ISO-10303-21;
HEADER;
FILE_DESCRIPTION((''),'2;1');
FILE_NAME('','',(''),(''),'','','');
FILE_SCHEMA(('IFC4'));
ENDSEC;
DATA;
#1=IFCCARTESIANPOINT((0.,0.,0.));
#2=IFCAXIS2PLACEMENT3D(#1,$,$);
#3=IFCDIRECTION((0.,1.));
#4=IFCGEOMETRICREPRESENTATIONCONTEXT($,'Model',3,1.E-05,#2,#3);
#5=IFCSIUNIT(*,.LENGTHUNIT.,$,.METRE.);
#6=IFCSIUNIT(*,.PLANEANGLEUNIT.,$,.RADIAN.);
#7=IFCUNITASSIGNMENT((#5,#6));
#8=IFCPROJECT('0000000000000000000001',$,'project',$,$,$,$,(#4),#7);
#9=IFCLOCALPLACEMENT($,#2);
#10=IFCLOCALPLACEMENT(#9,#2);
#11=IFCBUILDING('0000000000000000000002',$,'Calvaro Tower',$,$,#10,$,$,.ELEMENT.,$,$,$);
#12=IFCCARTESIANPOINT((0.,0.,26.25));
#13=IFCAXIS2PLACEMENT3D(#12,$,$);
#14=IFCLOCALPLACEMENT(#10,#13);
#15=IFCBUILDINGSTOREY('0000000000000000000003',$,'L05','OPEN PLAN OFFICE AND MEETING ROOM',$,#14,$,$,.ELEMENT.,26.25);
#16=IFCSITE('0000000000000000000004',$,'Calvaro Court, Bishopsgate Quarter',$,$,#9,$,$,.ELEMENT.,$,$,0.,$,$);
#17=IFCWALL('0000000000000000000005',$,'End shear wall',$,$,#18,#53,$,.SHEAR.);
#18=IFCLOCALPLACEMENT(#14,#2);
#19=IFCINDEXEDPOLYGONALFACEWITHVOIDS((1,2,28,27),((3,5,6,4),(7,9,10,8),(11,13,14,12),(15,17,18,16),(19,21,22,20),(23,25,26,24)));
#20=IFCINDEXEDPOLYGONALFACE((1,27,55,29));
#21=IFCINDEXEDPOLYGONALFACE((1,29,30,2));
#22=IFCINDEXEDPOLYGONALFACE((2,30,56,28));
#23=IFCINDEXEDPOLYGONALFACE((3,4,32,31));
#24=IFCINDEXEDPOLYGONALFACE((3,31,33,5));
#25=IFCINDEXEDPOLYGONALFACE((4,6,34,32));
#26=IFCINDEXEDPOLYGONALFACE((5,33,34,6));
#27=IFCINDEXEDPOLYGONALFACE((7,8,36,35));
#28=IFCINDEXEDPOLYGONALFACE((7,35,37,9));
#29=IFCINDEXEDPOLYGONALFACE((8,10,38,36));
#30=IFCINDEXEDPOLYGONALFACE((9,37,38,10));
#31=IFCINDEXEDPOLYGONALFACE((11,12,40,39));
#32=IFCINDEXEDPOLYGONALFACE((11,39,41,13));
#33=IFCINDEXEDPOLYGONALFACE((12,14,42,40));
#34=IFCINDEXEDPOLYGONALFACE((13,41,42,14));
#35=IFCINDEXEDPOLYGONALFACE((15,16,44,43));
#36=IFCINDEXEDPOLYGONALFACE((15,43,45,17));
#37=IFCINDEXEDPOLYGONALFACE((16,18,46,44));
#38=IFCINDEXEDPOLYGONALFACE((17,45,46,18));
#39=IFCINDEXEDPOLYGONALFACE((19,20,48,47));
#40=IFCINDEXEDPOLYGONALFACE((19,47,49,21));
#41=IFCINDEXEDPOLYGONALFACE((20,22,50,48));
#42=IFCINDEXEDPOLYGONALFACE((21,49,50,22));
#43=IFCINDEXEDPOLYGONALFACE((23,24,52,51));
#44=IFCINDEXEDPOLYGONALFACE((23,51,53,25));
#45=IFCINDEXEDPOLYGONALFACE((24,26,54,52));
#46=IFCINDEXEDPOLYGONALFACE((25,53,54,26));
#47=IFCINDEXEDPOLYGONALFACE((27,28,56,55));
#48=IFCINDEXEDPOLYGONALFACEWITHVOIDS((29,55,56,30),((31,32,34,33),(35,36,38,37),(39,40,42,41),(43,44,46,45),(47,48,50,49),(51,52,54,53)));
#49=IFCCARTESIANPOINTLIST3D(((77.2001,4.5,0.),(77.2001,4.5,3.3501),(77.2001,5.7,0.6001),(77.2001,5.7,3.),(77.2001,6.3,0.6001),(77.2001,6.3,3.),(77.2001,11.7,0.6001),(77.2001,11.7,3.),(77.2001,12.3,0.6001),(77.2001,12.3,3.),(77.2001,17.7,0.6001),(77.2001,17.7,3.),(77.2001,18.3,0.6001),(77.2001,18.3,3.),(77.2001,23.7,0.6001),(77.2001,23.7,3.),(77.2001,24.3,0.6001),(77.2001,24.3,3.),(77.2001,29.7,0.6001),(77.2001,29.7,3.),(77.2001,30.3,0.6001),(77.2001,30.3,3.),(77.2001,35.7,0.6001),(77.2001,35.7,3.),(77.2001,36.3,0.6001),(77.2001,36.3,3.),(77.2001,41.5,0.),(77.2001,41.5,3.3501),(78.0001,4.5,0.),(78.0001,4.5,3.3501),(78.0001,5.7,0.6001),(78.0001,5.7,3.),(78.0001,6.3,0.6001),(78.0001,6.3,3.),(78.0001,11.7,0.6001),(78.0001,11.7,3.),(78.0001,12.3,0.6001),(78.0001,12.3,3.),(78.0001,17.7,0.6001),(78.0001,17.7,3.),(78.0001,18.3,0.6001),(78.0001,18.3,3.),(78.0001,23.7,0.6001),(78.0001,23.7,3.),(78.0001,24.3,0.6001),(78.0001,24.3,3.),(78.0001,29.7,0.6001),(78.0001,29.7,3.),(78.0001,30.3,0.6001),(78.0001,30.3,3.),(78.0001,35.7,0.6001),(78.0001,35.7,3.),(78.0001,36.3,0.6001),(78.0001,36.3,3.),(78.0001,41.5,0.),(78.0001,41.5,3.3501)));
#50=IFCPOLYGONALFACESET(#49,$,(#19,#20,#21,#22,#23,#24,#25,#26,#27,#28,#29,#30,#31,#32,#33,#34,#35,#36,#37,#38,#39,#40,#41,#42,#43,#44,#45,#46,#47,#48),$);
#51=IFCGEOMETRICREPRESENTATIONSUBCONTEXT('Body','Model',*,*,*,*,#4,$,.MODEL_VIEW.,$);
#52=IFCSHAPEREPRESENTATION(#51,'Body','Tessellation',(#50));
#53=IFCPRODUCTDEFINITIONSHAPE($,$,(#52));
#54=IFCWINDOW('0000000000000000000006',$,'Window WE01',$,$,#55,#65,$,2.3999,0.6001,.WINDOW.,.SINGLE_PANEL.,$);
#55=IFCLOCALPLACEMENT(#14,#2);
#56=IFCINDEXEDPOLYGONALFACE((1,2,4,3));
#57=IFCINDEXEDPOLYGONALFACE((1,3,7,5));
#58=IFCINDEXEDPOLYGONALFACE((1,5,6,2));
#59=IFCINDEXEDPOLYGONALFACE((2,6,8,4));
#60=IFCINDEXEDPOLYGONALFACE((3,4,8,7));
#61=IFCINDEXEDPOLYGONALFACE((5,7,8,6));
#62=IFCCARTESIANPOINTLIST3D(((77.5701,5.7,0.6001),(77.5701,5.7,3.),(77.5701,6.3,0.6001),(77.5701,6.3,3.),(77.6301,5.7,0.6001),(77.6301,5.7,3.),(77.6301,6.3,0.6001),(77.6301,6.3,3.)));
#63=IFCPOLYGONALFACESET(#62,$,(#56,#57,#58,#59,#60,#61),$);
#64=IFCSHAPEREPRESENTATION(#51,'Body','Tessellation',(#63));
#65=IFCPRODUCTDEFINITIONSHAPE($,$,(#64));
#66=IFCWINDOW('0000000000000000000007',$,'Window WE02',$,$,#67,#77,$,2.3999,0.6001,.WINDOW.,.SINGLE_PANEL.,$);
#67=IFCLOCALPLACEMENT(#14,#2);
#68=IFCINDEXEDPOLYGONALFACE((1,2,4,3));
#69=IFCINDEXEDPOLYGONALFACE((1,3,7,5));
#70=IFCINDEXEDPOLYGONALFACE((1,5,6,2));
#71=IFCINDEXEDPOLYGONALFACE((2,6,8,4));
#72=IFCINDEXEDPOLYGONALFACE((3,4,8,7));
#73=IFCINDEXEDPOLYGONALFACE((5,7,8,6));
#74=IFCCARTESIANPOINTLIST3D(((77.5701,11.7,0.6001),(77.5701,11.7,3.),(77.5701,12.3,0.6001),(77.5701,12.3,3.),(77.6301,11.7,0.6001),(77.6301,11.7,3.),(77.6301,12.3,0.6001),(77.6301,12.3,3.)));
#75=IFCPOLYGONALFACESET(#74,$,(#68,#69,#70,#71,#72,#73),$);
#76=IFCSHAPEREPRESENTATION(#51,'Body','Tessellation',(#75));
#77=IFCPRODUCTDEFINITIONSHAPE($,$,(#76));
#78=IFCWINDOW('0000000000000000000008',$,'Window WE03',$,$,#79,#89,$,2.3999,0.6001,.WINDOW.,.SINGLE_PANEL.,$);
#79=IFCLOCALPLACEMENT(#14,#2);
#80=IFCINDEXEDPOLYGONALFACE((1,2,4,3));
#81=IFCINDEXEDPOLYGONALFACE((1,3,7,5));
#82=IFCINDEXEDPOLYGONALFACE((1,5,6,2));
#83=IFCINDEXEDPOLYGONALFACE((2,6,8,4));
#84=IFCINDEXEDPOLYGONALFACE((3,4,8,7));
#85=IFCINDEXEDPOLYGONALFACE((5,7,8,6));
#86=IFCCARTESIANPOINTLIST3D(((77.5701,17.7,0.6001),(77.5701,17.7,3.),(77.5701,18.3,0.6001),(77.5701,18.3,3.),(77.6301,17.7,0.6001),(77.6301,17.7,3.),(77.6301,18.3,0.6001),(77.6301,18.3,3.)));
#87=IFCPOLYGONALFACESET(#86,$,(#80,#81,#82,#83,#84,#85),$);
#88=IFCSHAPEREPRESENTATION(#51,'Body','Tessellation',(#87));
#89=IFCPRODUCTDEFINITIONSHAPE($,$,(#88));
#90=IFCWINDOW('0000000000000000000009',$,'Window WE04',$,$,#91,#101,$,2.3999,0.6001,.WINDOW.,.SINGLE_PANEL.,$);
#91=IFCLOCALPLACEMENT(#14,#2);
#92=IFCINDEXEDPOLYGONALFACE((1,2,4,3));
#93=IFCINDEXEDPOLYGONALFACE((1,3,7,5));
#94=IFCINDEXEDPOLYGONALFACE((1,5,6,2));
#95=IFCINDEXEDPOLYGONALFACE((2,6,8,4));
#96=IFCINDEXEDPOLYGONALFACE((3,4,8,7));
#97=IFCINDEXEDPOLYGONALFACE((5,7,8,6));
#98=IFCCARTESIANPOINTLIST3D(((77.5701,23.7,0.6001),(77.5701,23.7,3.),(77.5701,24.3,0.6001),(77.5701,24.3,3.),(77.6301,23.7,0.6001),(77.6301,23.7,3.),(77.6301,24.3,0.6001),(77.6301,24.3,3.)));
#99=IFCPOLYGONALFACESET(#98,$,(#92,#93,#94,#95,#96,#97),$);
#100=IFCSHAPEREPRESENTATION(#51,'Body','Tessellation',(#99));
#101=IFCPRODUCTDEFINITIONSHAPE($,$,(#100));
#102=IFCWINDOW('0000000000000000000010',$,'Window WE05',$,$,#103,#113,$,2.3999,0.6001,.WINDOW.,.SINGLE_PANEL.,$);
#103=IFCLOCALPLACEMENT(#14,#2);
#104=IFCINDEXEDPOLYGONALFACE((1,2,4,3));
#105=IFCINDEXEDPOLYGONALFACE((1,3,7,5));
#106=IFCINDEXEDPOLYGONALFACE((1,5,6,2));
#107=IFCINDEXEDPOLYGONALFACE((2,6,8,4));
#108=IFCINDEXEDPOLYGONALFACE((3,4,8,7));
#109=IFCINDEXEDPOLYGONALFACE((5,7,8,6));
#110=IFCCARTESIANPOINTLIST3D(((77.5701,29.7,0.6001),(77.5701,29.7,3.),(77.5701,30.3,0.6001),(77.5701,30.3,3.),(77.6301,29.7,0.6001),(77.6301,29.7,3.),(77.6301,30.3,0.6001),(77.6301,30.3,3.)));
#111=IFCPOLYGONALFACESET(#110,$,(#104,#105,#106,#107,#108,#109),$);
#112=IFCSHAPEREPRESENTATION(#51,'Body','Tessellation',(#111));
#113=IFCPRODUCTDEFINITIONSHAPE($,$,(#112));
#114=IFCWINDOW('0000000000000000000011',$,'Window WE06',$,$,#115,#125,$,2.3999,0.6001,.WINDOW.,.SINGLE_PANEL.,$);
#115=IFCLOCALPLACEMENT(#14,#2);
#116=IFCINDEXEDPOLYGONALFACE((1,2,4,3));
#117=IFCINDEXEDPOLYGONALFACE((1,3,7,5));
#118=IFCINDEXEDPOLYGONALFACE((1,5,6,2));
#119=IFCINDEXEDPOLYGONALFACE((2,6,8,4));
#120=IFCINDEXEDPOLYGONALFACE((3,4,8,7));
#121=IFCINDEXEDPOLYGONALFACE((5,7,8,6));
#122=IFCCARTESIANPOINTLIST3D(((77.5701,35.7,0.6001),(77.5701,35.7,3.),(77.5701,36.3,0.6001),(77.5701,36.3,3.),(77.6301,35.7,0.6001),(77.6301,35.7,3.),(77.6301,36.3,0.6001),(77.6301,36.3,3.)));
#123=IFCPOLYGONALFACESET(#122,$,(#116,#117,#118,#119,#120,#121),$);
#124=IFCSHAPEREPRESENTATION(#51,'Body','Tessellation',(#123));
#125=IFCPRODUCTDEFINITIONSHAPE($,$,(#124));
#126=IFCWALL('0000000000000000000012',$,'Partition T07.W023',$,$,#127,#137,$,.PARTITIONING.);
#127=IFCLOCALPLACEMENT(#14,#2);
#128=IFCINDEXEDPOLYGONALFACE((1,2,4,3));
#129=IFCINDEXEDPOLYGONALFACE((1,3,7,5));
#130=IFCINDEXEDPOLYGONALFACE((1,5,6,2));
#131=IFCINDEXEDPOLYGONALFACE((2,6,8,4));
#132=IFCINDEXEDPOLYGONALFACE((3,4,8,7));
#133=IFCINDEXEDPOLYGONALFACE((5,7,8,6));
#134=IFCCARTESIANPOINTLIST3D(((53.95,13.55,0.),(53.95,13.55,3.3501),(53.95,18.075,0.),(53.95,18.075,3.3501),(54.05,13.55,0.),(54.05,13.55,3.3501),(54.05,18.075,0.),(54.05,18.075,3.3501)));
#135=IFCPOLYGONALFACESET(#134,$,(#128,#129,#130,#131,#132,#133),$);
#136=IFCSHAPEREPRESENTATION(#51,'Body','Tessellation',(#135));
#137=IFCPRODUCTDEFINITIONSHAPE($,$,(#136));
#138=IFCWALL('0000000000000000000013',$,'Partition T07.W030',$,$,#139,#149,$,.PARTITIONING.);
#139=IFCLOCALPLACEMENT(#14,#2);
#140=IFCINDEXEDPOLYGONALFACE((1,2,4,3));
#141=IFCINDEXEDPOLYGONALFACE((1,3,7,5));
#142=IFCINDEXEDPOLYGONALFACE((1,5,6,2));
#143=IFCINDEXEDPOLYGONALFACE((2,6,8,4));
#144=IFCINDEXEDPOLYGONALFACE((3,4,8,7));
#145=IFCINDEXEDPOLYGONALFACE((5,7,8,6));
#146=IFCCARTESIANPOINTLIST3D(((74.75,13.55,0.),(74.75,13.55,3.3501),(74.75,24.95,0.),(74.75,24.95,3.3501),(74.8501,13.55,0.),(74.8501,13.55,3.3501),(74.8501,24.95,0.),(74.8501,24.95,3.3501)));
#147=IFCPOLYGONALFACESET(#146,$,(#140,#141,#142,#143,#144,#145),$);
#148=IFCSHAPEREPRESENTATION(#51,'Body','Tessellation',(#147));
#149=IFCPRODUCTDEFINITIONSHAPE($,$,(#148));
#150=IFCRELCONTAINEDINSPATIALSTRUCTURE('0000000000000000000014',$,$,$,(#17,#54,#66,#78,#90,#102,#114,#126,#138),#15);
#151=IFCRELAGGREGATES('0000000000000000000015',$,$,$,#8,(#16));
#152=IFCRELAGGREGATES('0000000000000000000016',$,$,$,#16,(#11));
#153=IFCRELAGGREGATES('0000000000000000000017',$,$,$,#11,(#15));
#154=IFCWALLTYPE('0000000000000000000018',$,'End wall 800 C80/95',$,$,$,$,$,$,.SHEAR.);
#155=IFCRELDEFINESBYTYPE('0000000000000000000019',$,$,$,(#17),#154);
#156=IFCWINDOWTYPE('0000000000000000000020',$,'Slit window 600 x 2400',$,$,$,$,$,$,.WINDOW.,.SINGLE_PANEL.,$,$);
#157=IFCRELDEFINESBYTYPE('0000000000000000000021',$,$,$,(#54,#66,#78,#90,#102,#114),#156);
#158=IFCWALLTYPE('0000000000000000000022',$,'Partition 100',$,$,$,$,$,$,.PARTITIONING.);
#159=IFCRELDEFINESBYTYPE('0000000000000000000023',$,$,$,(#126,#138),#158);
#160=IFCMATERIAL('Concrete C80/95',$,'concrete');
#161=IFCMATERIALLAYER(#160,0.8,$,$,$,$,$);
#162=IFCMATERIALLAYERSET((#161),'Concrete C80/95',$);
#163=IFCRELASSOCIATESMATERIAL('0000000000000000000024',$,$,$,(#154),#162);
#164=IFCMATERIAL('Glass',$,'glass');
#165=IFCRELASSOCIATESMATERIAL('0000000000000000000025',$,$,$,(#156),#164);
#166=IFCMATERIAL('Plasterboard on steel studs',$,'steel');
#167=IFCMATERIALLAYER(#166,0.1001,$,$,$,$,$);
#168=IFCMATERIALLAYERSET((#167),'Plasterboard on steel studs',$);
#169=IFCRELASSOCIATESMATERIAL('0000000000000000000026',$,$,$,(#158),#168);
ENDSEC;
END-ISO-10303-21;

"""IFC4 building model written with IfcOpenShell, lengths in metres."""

from ifc_helpers import new_model, si_unit, direction, frame, frame_2d, origin, place, context, subcontext, project, spatial, rectangle, extrude, material, layer, layer_set, type_object, element, fill, save


model = new_model("IFC4")

# Units and contexts
model_context = context("Model", 3, precision=1e-05, world=origin(), true_north=direction((0.0, 1.0)))
body_context = subcontext(model_context, "Body", "Model", "MODEL_VIEW")
ifc_project = project(units=[si_unit("LENGTHUNIT", "METRE"), si_unit("PLANEANGLEUNIT", "RADIAN")], contexts=[model_context])

# Site, building, storey
site_placement = place(None, origin())
site = spatial("IfcSite", under=ifc_project, at=site_placement, Name="Calvaro Court, Bishopsgate Quarter", CompositionType="ELEMENT", RefElevation=0.0)
building_placement = place(site_placement, origin())
building = spatial("IfcBuilding", under=site, at=building_placement, Name="Calvaro Tower", CompositionType="ELEMENT")
storey_placement = place(building_placement, frame((0.0, 0.0, 26.25)))
storey = spatial("IfcBuildingStorey", under=building, at=storey_placement, Name="L05", Description="OPEN PLAN OFFICE AND MEETING ROOM", CompositionType="ELEMENT", Elevation=26.25)

# Wall, openings, windows
ifc_material_1 = material(Name="Concrete C80/95", Category="concrete")
ifc_layer_1 = layer(ifc_material_1, 0.8)
ifc_layer_set_1 = layer_set([ifc_layer_1], Name="Concrete C80/95")
wall_type_1 = type_object("IfcWallType", Name="End wall 800 C80/95", PredefinedType="SHEAR", material=ifc_layer_set_1)
wall_1_placement = place(storey_placement, frame((77.6001, 4.5, 0.0), z_axis=(0.0, 0.0, 1.0), x_axis=(0.0, 1.0, 0.0)))
wall_1 = element("IfcWall", 1, at=wall_1_placement, inside=storey, type_object=wall_type_1, Name="End shear wall", PredefinedType="SHEAR", context=body_context, shape_type="SweptSolid", body=[
    extrude(rectangle(XDim=37.0, YDim=0.8, at=frame_2d((18.5, 0.0))), origin(), (0.0, 0.0, 1.0), 3.3501),
])
opening_1_placement = place(wall_1_placement, frame((1.2, 0.0, 0.6001)))
opening_1 = element("IfcOpeningElement", 2, at=opening_1_placement, cuts=wall_1, PredefinedType="OPENING", context=body_context, shape_type="SweptSolid", body=[
    extrude(rectangle(XDim=0.6001, YDim=2.3999, at=frame_2d((0.3, 1.2))), frame((0.0, 0.4099, 0.0), z_axis=(0.0, -1.0, 0.0), x_axis=(1.0, 0.0, 0.0)), (0.0, 0.0, 1.0), 0.8201),
])
opening_2_placement = place(wall_1_placement, frame((7.2, 0.0, 0.6001)))
opening_2 = element("IfcOpeningElement", 3, at=opening_2_placement, cuts=wall_1, PredefinedType="OPENING", context=body_context, shape_type="SweptSolid", body=[
    extrude(rectangle(XDim=0.6001, YDim=2.3999, at=frame_2d((0.3, 1.2))), frame((0.0, 0.4099, 0.0), z_axis=(0.0, -1.0, 0.0), x_axis=(1.0, 0.0, 0.0)), (0.0, 0.0, 1.0), 0.8201),
])
opening_3_placement = place(wall_1_placement, frame((13.2, 0.0, 0.6001)))
opening_3 = element("IfcOpeningElement", 4, at=opening_3_placement, cuts=wall_1, PredefinedType="OPENING", context=body_context, shape_type="SweptSolid", body=[
    extrude(rectangle(XDim=0.6001, YDim=2.3999, at=frame_2d((0.3, 1.2))), frame((0.0, 0.4099, 0.0), z_axis=(0.0, -1.0, 0.0), x_axis=(1.0, 0.0, 0.0)), (0.0, 0.0, 1.0), 0.8201),
])
opening_4_placement = place(wall_1_placement, frame((19.2, 0.0, 0.6001)))
opening_4 = element("IfcOpeningElement", 5, at=opening_4_placement, cuts=wall_1, PredefinedType="OPENING", context=body_context, shape_type="SweptSolid", body=[
    extrude(rectangle(XDim=0.6001, YDim=2.3999, at=frame_2d((0.3, 1.2))), frame((0.0, 0.4099, 0.0), z_axis=(0.0, -1.0, 0.0), x_axis=(1.0, 0.0, 0.0)), (0.0, 0.0, 1.0), 0.8201),
])
opening_5_placement = place(wall_1_placement, frame((25.2, 0.0, 0.6001)))
opening_5 = element("IfcOpeningElement", 6, at=opening_5_placement, cuts=wall_1, PredefinedType="OPENING", context=body_context, shape_type="SweptSolid", body=[
    extrude(rectangle(XDim=0.6001, YDim=2.3999, at=frame_2d((0.3, 1.2))), frame((0.0, 0.4099, 0.0), z_axis=(0.0, -1.0, 0.0), x_axis=(1.0, 0.0, 0.0)), (0.0, 0.0, 1.0), 0.8201),
])
opening_6_placement = place(wall_1_placement, frame((31.2, 0.0, 0.6001)))
opening_6 = element("IfcOpeningElement", 7, at=opening_6_placement, cuts=wall_1, PredefinedType="OPENING", context=body_context, shape_type="SweptSolid", body=[
    extrude(rectangle(XDim=0.6001, YDim=2.3999, at=frame_2d((0.3, 1.2))), frame((0.0, 0.4099, 0.0), z_axis=(0.0, -1.0, 0.0), x_axis=(1.0, 0.0, 0.0)), (0.0, 0.0, 1.0), 0.8201),
])
ifc_material_2 = material(Name="Glass", Category="glass")
window_type = type_object("IfcWindowType", Name="Slit window 600 x 2400", PartitioningType="SINGLE_PANEL", PredefinedType="WINDOW", material=ifc_material_2)
window_1_placement = place(opening_1_placement, origin())
window_1 = element("IfcWindow", 8, at=window_1_placement, inside=storey, type_object=window_type, Name="Window WE01", OverallHeight=2.3999, OverallWidth=0.6001, PartitioningType="SINGLE_PANEL", PredefinedType="WINDOW", context=body_context, shape_type="SweptSolid", body=[
    extrude(rectangle(XDim=0.6001, YDim=2.3999, at=frame_2d((0.3, 1.2))), frame((0.0, 0.03, 0.0), z_axis=(0.0, -1.0, 0.0), x_axis=(1.0, 0.0, 0.0)), (0.0, 0.0, 1.0), 0.0601),
])
fill(opening_1, window_1)
window_2_placement = place(opening_2_placement, origin())
window_2 = element("IfcWindow", 9, at=window_2_placement, inside=storey, type_object=window_type, Name="Window WE02", OverallHeight=2.3999, OverallWidth=0.6001, PartitioningType="SINGLE_PANEL", PredefinedType="WINDOW", context=body_context, shape_type="SweptSolid", body=[
    extrude(rectangle(XDim=0.6001, YDim=2.3999, at=frame_2d((0.3, 1.2))), frame((0.0, 0.03, 0.0), z_axis=(0.0, -1.0, 0.0), x_axis=(1.0, 0.0, 0.0)), (0.0, 0.0, 1.0), 0.0601),
])
fill(opening_2, window_2)
window_3_placement = place(opening_3_placement, origin())
window_3 = element("IfcWindow", 10, at=window_3_placement, inside=storey, type_object=window_type, Name="Window WE03", OverallHeight=2.3999, OverallWidth=0.6001, PartitioningType="SINGLE_PANEL", PredefinedType="WINDOW", context=body_context, shape_type="SweptSolid", body=[
    extrude(rectangle(XDim=0.6001, YDim=2.3999, at=frame_2d((0.3, 1.2))), frame((0.0, 0.03, 0.0), z_axis=(0.0, -1.0, 0.0), x_axis=(1.0, 0.0, 0.0)), (0.0, 0.0, 1.0), 0.0601),
])
fill(opening_3, window_3)
window_4_placement = place(opening_4_placement, origin())
window_4 = element("IfcWindow", 11, at=window_4_placement, inside=storey, type_object=window_type, Name="Window WE04", OverallHeight=2.3999, OverallWidth=0.6001, PartitioningType="SINGLE_PANEL", PredefinedType="WINDOW", context=body_context, shape_type="SweptSolid", body=[
    extrude(rectangle(XDim=0.6001, YDim=2.3999, at=frame_2d((0.3, 1.2))), frame((0.0, 0.03, 0.0), z_axis=(0.0, -1.0, 0.0), x_axis=(1.0, 0.0, 0.0)), (0.0, 0.0, 1.0), 0.0601),
])
fill(opening_4, window_4)
window_5_placement = place(opening_5_placement, origin())
window_5 = element("IfcWindow", 12, at=window_5_placement, inside=storey, type_object=window_type, Name="Window WE05", OverallHeight=2.3999, OverallWidth=0.6001, PartitioningType="SINGLE_PANEL", PredefinedType="WINDOW", context=body_context, shape_type="SweptSolid", body=[
    extrude(rectangle(XDim=0.6001, YDim=2.3999, at=frame_2d((0.3, 1.2))), frame((0.0, 0.03, 0.0), z_axis=(0.0, -1.0, 0.0), x_axis=(1.0, 0.0, 0.0)), (0.0, 0.0, 1.0), 0.0601),
])
fill(opening_5, window_5)
window_6_placement = place(opening_6_placement, origin())
window_6 = element("IfcWindow", 13, at=window_6_placement, inside=storey, type_object=window_type, Name="Window WE06", OverallHeight=2.3999, OverallWidth=0.6001, PartitioningType="SINGLE_PANEL", PredefinedType="WINDOW", context=body_context, shape_type="SweptSolid", body=[
    extrude(rectangle(XDim=0.6001, YDim=2.3999, at=frame_2d((0.3, 1.2))), frame((0.0, 0.03, 0.0), z_axis=(0.0, -1.0, 0.0), x_axis=(1.0, 0.0, 0.0)), (0.0, 0.0, 1.0), 0.0601),
])
fill(opening_6, window_6)

# Walls
ifc_material_3 = material(Name="Plasterboard on steel studs", Category="steel")
ifc_layer_2 = layer(ifc_material_3, 0.1001)
ifc_layer_set_2 = layer_set([ifc_layer_2], Name="Plasterboard on steel studs")
wall_type_2 = type_object("IfcWallType", Name="Partition 100", PredefinedType="PARTITIONING", material=ifc_layer_set_2)
wall_2_placement = place(storey_placement, frame((54.0, 13.55, 0.0), z_axis=(0.0, 0.0, 1.0), x_axis=(0.0, 1.0, 0.0)))
element("IfcWall", 14, at=wall_2_placement, inside=storey, type_object=wall_type_2, Name="Partition T07.W023", PredefinedType="PARTITIONING", context=body_context, shape_type="SweptSolid", body=[
    extrude(rectangle(XDim=4.5249, YDim=0.1001, at=frame_2d((2.2625, 0.0))), origin(), (0.0, 0.0, 1.0), 3.3501),
])
wall_3_placement = place(storey_placement, frame((74.8, 13.55, 0.0), z_axis=(0.0, 0.0, 1.0), x_axis=(0.0, 1.0, 0.0)))
element("IfcWall", 15, at=wall_3_placement, inside=storey, type_object=wall_type_2, Name="Partition T07.W030", PredefinedType="PARTITIONING", context=body_context, shape_type="SweptSolid", body=[
    extrude(rectangle(XDim=11.3999, YDim=0.1001, at=frame_2d((5.7, 0.0))), origin(), (0.0, 0.0, 1.0), 3.3501),
])

save(model, "model.ifc")
